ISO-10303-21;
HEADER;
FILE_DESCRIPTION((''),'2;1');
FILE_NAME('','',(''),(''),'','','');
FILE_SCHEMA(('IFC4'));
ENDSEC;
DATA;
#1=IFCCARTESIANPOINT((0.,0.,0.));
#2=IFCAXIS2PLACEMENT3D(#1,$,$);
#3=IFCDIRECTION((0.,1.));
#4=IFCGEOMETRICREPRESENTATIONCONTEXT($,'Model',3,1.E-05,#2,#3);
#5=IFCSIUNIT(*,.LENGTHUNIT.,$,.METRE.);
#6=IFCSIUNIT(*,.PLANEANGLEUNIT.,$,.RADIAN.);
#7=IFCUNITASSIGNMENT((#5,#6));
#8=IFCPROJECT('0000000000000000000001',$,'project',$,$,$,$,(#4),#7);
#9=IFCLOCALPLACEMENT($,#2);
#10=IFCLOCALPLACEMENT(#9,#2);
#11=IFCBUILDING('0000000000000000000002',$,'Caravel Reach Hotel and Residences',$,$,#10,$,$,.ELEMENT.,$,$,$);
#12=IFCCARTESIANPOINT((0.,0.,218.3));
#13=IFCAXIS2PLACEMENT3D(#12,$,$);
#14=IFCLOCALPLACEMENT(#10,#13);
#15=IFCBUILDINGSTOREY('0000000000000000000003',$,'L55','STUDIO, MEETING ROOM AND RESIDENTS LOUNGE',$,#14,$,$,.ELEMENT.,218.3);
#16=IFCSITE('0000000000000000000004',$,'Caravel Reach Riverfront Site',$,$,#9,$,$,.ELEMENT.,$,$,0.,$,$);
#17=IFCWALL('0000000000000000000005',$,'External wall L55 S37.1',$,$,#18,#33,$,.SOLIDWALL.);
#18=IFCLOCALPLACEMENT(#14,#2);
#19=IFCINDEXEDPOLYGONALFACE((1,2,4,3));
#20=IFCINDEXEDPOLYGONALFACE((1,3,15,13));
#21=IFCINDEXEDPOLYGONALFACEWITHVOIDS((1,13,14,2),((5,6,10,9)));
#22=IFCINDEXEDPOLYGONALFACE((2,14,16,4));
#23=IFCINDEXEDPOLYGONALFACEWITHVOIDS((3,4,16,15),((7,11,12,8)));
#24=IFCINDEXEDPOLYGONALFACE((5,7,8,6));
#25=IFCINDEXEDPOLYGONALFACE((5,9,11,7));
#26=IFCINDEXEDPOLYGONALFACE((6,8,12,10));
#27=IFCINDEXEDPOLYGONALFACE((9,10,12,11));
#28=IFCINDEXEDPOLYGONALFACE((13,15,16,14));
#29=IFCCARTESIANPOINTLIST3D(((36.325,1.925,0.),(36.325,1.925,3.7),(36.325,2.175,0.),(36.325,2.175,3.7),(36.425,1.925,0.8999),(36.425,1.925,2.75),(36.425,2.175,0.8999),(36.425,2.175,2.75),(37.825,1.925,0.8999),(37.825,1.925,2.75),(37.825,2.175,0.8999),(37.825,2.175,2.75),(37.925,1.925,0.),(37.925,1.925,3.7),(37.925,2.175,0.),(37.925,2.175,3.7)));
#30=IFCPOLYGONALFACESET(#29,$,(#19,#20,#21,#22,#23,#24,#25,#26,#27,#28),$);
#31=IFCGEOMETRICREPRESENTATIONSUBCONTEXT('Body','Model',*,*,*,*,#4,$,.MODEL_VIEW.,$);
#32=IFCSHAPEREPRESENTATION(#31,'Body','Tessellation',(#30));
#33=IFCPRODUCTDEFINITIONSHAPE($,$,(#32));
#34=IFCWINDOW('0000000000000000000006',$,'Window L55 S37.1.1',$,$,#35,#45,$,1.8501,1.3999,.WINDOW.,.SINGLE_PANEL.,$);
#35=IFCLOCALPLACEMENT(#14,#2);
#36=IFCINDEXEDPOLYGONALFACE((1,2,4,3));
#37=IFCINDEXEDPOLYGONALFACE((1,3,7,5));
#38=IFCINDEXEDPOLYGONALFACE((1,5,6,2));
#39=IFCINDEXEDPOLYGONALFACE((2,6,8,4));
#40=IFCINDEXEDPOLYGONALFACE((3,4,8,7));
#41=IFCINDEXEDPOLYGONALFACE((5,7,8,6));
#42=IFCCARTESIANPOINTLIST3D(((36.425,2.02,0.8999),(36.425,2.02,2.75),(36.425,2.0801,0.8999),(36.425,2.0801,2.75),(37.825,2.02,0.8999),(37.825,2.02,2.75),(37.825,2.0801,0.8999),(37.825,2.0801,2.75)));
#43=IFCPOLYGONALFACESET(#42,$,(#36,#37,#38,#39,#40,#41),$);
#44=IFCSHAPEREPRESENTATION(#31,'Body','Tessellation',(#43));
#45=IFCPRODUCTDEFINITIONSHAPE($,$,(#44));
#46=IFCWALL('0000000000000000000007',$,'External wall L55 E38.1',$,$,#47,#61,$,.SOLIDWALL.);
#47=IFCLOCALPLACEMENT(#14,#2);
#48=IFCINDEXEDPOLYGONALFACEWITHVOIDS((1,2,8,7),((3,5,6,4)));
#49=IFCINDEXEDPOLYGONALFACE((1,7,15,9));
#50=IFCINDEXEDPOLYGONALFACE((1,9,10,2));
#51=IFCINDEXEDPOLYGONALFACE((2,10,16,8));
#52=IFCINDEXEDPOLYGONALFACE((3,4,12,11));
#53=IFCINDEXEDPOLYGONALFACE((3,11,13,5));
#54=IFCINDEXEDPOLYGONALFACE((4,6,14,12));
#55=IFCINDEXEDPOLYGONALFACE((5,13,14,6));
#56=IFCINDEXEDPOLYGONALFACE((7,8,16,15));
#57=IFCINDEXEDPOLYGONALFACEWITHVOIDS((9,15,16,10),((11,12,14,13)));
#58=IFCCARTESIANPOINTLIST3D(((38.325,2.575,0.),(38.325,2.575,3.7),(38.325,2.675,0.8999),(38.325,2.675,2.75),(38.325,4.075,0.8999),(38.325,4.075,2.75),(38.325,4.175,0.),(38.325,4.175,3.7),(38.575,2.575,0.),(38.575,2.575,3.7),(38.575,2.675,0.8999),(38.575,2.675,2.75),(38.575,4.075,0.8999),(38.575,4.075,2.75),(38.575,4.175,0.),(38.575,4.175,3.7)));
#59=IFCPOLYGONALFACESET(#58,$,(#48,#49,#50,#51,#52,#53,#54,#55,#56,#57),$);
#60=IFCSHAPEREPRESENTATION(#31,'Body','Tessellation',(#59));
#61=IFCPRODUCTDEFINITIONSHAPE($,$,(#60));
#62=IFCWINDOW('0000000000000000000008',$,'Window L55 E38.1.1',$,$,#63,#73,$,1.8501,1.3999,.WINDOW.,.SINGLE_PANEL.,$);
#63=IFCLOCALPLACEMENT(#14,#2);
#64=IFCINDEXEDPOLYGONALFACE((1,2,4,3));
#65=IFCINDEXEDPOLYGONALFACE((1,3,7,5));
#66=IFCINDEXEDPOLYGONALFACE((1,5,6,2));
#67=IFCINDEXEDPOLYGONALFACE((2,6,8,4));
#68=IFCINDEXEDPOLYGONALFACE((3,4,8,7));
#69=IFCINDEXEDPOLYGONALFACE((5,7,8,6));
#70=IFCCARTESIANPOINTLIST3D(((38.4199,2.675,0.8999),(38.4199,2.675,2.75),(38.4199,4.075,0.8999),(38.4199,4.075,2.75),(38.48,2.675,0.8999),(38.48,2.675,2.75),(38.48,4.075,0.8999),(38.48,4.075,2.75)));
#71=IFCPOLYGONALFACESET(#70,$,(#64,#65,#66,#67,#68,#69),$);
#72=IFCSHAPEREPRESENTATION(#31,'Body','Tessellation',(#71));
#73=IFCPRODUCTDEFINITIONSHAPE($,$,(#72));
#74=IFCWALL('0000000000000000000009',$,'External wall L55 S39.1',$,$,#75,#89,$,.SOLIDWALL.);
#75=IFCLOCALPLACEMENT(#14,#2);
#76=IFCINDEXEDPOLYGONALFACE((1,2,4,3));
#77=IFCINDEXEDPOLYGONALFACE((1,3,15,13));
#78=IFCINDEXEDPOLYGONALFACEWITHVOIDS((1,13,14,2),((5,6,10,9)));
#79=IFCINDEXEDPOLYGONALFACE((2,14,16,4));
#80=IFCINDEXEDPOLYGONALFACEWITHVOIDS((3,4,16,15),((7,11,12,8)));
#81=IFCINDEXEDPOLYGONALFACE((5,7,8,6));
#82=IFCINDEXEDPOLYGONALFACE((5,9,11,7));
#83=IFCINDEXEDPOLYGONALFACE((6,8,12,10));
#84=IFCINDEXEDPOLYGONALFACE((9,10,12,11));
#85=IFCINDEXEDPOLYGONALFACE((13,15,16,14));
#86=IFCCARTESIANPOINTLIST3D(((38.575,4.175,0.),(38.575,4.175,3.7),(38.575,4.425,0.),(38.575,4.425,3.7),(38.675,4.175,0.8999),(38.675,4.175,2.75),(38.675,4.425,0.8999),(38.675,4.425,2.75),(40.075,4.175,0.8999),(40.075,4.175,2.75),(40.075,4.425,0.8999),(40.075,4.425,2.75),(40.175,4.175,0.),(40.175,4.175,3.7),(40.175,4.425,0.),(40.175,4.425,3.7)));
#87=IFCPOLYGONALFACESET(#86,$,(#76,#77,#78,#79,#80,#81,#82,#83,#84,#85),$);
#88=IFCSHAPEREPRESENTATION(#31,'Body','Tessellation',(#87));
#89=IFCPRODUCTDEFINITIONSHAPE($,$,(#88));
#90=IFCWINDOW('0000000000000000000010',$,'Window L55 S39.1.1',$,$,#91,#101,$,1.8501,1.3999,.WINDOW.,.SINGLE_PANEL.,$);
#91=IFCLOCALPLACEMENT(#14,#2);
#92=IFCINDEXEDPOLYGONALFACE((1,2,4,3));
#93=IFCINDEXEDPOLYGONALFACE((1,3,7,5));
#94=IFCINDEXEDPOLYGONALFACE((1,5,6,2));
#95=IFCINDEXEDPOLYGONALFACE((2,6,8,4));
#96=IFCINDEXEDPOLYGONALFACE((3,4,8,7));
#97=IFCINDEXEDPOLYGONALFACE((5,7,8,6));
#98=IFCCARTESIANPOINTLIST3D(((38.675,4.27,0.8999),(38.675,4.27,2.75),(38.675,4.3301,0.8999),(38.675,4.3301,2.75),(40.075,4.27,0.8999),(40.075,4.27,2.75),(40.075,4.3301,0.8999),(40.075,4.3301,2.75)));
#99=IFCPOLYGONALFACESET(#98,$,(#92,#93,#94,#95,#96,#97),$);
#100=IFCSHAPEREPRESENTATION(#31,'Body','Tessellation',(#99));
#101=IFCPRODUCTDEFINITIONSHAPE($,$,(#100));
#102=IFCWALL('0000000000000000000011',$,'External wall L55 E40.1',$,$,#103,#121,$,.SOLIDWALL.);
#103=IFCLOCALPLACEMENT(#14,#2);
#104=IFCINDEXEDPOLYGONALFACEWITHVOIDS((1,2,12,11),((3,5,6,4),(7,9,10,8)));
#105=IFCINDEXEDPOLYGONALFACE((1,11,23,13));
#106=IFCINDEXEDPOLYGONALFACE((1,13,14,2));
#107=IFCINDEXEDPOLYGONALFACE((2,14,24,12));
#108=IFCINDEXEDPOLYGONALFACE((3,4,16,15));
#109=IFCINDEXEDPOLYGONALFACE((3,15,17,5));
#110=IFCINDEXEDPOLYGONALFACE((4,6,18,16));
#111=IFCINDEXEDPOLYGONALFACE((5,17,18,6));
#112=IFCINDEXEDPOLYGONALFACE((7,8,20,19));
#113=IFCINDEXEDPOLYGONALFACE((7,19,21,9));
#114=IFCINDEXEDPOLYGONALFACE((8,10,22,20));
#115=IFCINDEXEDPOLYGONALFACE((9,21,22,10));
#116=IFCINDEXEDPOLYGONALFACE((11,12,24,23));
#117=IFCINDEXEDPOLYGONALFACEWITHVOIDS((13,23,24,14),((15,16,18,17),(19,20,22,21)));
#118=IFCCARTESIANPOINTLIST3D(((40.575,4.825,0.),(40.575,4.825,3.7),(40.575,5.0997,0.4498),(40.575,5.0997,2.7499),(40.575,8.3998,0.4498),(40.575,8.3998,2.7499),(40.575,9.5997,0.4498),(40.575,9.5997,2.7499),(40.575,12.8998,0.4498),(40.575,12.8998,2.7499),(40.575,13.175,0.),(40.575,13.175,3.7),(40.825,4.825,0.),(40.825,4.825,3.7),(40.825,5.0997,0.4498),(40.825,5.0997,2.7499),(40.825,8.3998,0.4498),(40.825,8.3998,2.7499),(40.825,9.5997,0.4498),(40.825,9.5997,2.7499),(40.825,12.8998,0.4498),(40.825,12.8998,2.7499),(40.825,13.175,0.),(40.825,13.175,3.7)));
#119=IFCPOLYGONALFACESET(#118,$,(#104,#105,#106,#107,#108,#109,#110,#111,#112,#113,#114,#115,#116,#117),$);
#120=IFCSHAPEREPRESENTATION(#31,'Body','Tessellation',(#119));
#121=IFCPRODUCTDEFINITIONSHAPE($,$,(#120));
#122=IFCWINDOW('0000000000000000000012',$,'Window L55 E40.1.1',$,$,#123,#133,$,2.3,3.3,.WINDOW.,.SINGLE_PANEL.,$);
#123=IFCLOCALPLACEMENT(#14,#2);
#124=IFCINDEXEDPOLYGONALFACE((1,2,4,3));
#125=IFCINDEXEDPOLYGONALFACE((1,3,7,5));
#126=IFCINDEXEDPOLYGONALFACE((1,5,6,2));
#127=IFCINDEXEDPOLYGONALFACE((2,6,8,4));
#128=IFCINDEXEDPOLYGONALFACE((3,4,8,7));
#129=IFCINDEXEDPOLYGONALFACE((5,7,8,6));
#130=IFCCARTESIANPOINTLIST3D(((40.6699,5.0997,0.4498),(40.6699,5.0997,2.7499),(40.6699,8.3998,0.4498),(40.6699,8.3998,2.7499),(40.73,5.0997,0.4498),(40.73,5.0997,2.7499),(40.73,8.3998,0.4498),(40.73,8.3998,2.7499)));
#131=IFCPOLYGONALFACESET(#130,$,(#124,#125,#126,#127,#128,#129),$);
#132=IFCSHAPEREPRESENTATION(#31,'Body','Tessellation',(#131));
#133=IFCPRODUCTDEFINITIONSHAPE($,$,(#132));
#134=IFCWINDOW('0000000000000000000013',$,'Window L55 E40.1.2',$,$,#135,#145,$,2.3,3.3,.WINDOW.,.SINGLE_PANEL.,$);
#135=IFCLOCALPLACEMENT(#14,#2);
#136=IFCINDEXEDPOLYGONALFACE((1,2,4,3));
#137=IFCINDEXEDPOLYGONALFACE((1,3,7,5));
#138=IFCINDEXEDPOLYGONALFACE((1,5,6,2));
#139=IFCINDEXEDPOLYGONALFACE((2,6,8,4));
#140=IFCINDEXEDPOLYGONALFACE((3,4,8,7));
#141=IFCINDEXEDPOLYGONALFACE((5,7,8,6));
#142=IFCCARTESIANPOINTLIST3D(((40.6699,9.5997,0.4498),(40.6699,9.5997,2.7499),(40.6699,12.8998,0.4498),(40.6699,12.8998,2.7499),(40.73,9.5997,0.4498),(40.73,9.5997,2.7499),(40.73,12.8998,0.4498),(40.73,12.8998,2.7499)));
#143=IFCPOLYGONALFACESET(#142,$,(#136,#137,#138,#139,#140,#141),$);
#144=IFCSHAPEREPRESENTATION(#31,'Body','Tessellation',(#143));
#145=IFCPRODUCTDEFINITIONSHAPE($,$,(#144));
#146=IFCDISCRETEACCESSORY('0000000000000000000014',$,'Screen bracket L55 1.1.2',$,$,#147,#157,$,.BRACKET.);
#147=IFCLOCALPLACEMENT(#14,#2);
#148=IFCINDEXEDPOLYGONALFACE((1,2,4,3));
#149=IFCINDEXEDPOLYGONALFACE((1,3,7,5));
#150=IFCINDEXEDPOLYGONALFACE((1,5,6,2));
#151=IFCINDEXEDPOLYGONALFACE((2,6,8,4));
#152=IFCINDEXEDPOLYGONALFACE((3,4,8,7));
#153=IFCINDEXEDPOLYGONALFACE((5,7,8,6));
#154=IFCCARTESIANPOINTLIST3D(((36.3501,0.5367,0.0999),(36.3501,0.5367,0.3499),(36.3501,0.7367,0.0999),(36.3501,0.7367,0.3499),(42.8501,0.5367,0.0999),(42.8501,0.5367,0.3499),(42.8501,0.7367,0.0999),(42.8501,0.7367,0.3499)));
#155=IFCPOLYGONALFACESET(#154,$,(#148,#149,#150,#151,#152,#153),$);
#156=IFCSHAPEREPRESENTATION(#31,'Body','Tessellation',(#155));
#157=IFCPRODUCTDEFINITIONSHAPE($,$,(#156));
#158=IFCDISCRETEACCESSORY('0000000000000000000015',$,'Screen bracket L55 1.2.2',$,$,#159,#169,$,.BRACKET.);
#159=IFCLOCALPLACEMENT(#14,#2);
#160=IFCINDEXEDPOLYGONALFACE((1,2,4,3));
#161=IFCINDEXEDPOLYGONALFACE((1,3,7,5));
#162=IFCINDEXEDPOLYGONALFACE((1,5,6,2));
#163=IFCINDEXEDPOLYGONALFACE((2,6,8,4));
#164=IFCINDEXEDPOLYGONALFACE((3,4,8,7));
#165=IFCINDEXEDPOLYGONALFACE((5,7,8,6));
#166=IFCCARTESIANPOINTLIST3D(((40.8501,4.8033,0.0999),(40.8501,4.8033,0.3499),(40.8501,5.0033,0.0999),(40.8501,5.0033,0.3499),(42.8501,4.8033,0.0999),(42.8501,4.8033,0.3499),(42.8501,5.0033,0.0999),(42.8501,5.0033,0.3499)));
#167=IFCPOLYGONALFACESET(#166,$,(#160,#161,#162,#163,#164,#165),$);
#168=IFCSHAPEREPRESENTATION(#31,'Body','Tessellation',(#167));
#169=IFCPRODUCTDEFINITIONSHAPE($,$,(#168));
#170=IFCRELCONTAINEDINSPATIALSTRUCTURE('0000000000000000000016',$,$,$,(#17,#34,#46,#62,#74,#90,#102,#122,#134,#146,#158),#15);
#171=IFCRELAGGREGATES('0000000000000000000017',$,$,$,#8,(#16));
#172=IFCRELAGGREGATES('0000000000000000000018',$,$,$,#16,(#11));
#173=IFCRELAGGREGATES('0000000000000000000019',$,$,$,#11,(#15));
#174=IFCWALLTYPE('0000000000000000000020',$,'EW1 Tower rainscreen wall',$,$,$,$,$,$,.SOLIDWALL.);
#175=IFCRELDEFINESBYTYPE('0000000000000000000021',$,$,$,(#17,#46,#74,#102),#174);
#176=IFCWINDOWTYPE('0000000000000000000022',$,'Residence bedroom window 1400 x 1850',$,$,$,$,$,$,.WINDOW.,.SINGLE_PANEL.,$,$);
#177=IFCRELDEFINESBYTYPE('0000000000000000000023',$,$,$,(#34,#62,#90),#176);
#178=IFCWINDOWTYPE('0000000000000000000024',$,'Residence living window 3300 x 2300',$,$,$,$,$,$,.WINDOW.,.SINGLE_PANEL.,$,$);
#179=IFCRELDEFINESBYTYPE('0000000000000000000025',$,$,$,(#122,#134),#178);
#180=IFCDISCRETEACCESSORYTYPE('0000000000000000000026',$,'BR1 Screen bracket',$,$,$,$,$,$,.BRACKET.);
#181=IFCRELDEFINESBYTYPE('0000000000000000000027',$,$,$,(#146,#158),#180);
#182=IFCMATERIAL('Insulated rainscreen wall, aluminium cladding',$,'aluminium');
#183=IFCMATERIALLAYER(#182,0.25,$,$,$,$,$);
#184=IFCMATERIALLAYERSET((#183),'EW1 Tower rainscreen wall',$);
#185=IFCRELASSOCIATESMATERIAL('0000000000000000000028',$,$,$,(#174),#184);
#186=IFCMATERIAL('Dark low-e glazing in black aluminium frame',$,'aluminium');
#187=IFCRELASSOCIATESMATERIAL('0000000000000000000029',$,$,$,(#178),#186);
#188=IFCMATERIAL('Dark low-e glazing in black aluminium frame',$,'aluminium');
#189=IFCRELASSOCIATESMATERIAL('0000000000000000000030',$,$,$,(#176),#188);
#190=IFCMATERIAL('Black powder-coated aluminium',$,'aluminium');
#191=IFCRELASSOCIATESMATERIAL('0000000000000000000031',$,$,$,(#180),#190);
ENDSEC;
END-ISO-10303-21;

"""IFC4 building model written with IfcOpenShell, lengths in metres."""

from ifc_helpers import new_model, si_unit, direction, frame, frame_2d, origin, origin_2d, place, context, subcontext, project, spatial, rectangle, extrude, material, layer, layer_set, type_object, element, fill, save


model = new_model("IFC4")

# Units and contexts
model_context = context("Model", 3, precision=1e-05, world=origin(), true_north=direction((0.0, 1.0)))
body_context = subcontext(model_context, "Body", "Model", "MODEL_VIEW")
ifc_project = project(units=[si_unit("LENGTHUNIT", "METRE"), si_unit("PLANEANGLEUNIT", "RADIAN")], contexts=[model_context])

# Site, building, storey
site_placement = place(None, origin())
site = spatial("IfcSite", under=ifc_project, at=site_placement, Name="Caravel Reach Riverfront Site", CompositionType="ELEMENT", RefElevation=0.0)
building_placement = place(site_placement, origin())
building = spatial("IfcBuilding", under=site, at=building_placement, Name="Caravel Reach Hotel and Residences", CompositionType="ELEMENT")
storey_placement = place(building_placement, frame((0.0, 0.0, 218.3)))
storey = spatial("IfcBuildingStorey", under=building, at=storey_placement, Name="L55", Description="STUDIO, MEETING ROOM AND RESIDENTS LOUNGE", CompositionType="ELEMENT", Elevation=218.3)

# Walls, openings, windows
ifc_material_1 = material(Name="Insulated rainscreen wall, aluminium cladding", Category="aluminium")
ifc_layer = layer(ifc_material_1, 0.25)
ifc_layer_set = layer_set([ifc_layer], Name="EW1 Tower rainscreen wall")
wall_type = type_object("IfcWallType", Name="EW1 Tower rainscreen wall", PredefinedType="SOLIDWALL", material=ifc_layer_set)
ifc_material_2 = material(Name="Dark low-e glazing in black aluminium frame", Category="aluminium")
window_type_1 = type_object("IfcWindowType", Name="Residence living window 3300 x 2300", PartitioningType="SINGLE_PANEL", PredefinedType="WINDOW", material=ifc_material_2)
ifc_material_3 = material(Name="Dark low-e glazing in black aluminium frame", Category="aluminium")
window_type_2 = type_object("IfcWindowType", Name="Residence bedroom window 1400 x 1850", PartitioningType="SINGLE_PANEL", PredefinedType="WINDOW", material=ifc_material_3)
wall_1_placement = place(storey_placement, frame((36.325, 2.05, 0.0), z_axis=(0.0, 0.0, 1.0), x_axis=(1.0, 0.0, 0.0)))
wall_1 = element("IfcWall", 1, at=wall_1_placement, inside=storey, type_object=wall_type, Name="External wall L55 S37.1", PredefinedType="SOLIDWALL", context=body_context, shape_type="SweptSolid", body=[
    extrude(rectangle(XDim=1.6001, YDim=0.25, at=frame_2d((0.8, 0.0))), origin(), (0.0, 0.0, 1.0), 3.7),
])
opening_1_placement = place(wall_1_placement, frame((0.1001, 0.0, 0.8999)))
opening_1 = element("IfcOpeningElement", 2, at=opening_1_placement, cuts=wall_1, PredefinedType="OPENING", context=body_context, shape_type="SweptSolid", body=[
    extrude(rectangle(XDim=1.3999, YDim=1.8501, at=frame_2d((0.7, 0.925))), frame((0.0, 0.135, 0.0), z_axis=(0.0, -1.0, 0.0), x_axis=(1.0, 0.0, 0.0)), (0.0, 0.0, 1.0), 0.27),
])
window_1_placement = place(opening_1_placement, origin())
window_1 = element("IfcWindow", 3, at=window_1_placement, inside=storey, type_object=window_type_2, Name="Window L55 S37.1.1", OverallHeight=1.8501, OverallWidth=1.3999, PartitioningType="SINGLE_PANEL", PredefinedType="WINDOW", context=body_context, shape_type="SweptSolid", body=[
    extrude(rectangle(XDim=1.3999, YDim=1.8501, at=frame_2d((0.7, 0.925))), frame((0.0, 0.03, 0.0), z_axis=(0.0, -1.0, 0.0), x_axis=(1.0, 0.0, 0.0)), (0.0, 0.0, 1.0), 0.0601),
])
fill(opening_1, window_1)
wall_2_placement = place(storey_placement, frame((38.45, 2.575, 0.0), z_axis=(0.0, 0.0, 1.0), x_axis=(0.0, 1.0, 0.0)))
wall_2 = element("IfcWall", 4, at=wall_2_placement, inside=storey, type_object=wall_type, Name="External wall L55 E38.1", PredefinedType="SOLIDWALL", context=body_context, shape_type="SweptSolid", body=[
    extrude(rectangle(XDim=1.6001, YDim=0.25, at=frame_2d((0.8, 0.0))), origin(), (0.0, 0.0, 1.0), 3.7),
])
opening_2_placement = place(wall_2_placement, frame((0.1001, 0.0, 0.8999)))
opening_2 = element("IfcOpeningElement", 5, at=opening_2_placement, cuts=wall_2, PredefinedType="OPENING", context=body_context, shape_type="SweptSolid", body=[
    extrude(rectangle(XDim=1.3999, YDim=1.8501, at=frame_2d((0.7, 0.925))), frame((0.0, 0.135, 0.0), z_axis=(0.0, -1.0, 0.0), x_axis=(1.0, 0.0, 0.0)), (0.0, 0.0, 1.0), 0.27),
])
window_2_placement = place(opening_2_placement, origin())
window_2 = element("IfcWindow", 6, at=window_2_placement, inside=storey, type_object=window_type_2, Name="Window L55 E38.1.1", OverallHeight=1.8501, OverallWidth=1.3999, PartitioningType="SINGLE_PANEL", PredefinedType="WINDOW", context=body_context, shape_type="SweptSolid", body=[
    extrude(rectangle(XDim=1.3999, YDim=1.8501, at=frame_2d((0.7, 0.925))), frame((0.0, 0.03, 0.0), z_axis=(0.0, -1.0, 0.0), x_axis=(1.0, 0.0, 0.0)), (0.0, 0.0, 1.0), 0.0601),
])
fill(opening_2, window_2)
wall_3_placement = place(storey_placement, frame((38.575, 4.3, 0.0), z_axis=(0.0, 0.0, 1.0), x_axis=(1.0, 0.0, 0.0)))
wall_3 = element("IfcWall", 7, at=wall_3_placement, inside=storey, type_object=wall_type, Name="External wall L55 S39.1", PredefinedType="SOLIDWALL", context=body_context, shape_type="SweptSolid", body=[
    extrude(rectangle(XDim=1.6001, YDim=0.25, at=frame_2d((0.8, 0.0))), origin(), (0.0, 0.0, 1.0), 3.7),
])
opening_3_placement = place(wall_3_placement, frame((0.1001, 0.0, 0.8999)))
opening_3 = element("IfcOpeningElement", 8, at=opening_3_placement, cuts=wall_3, PredefinedType="OPENING", context=body_context, shape_type="SweptSolid", body=[
    extrude(rectangle(XDim=1.3999, YDim=1.8501, at=frame_2d((0.7, 0.925))), frame((0.0, 0.135, 0.0), z_axis=(0.0, -1.0, 0.0), x_axis=(1.0, 0.0, 0.0)), (0.0, 0.0, 1.0), 0.27),
])
window_3_placement = place(opening_3_placement, origin())
window_3 = element("IfcWindow", 9, at=window_3_placement, inside=storey, type_object=window_type_2, Name="Window L55 S39.1.1", OverallHeight=1.8501, OverallWidth=1.3999, PartitioningType="SINGLE_PANEL", PredefinedType="WINDOW", context=body_context, shape_type="SweptSolid", body=[
    extrude(rectangle(XDim=1.3999, YDim=1.8501, at=frame_2d((0.7, 0.925))), frame((0.0, 0.03, 0.0), z_axis=(0.0, -1.0, 0.0), x_axis=(1.0, 0.0, 0.0)), (0.0, 0.0, 1.0), 0.0601),
])
fill(opening_3, window_3)

# Wall, openings, windows
wall_4_placement = place(storey_placement, frame((40.7, 4.825, 0.0), z_axis=(0.0, 0.0, 1.0), x_axis=(0.0, 1.0, 0.0)))
wall_4 = element("IfcWall", 10, at=wall_4_placement, inside=storey, type_object=wall_type, Name="External wall L55 E40.1", PredefinedType="SOLIDWALL", context=body_context, shape_type="SweptSolid", body=[
    extrude(rectangle(XDim=8.3501, YDim=0.25, at=frame_2d((4.175, 0.0))), origin(), (0.0, 0.0, 1.0), 3.7),
])
opening_4_placement = place(wall_4_placement, frame((0.2749, 0.0, 0.45)))
opening_4 = element("IfcOpeningElement", 11, at=opening_4_placement, cuts=wall_4, PredefinedType="OPENING", context=body_context, shape_type="SweptSolid", body=[
    extrude(rectangle(XDim=3.3, YDim=2.3, at=frame_2d((1.6499, 1.1499))), frame((0.0, 0.135, 0.0), z_axis=(0.0, -1.0, 0.0), x_axis=(1.0, 0.0, 0.0)), (0.0, 0.0, 1.0), 0.27),
])
opening_5_placement = place(wall_4_placement, frame((4.7749, 0.0, 0.45)))
opening_5 = element("IfcOpeningElement", 12, at=opening_5_placement, cuts=wall_4, PredefinedType="OPENING", context=body_context, shape_type="SweptSolid", body=[
    extrude(rectangle(XDim=3.3, YDim=2.3, at=frame_2d((1.6499, 1.1499))), frame((0.0, 0.135, 0.0), z_axis=(0.0, -1.0, 0.0), x_axis=(1.0, 0.0, 0.0)), (0.0, 0.0, 1.0), 0.27),
])
window_4_placement = place(opening_4_placement, origin())
window_4 = element("IfcWindow", 13, at=window_4_placement, inside=storey, type_object=window_type_1, Name="Window L55 E40.1.1", OverallHeight=2.3, OverallWidth=3.3, PartitioningType="SINGLE_PANEL", PredefinedType="WINDOW", context=body_context, shape_type="SweptSolid", body=[
    extrude(rectangle(XDim=3.3, YDim=2.3, at=frame_2d((1.6499, 1.1499))), frame((0.0, 0.03, 0.0), z_axis=(0.0, -1.0, 0.0), x_axis=(1.0, 0.0, 0.0)), (0.0, 0.0, 1.0), 0.0601),
])
fill(opening_4, window_4)
window_5_placement = place(opening_5_placement, origin())
window_5 = element("IfcWindow", 14, at=window_5_placement, inside=storey, type_object=window_type_1, Name="Window L55 E40.1.2", OverallHeight=2.3, OverallWidth=3.3, PartitioningType="SINGLE_PANEL", PredefinedType="WINDOW", context=body_context, shape_type="SweptSolid", body=[
    extrude(rectangle(XDim=3.3, YDim=2.3, at=frame_2d((1.6499, 1.1499))), frame((0.0, 0.03, 0.0), z_axis=(0.0, -1.0, 0.0), x_axis=(1.0, 0.0, 0.0)), (0.0, 0.0, 1.0), 0.0601),
])
fill(opening_5, window_5)

# Discrete accessories
ifc_material_4 = material(Name="Black powder-coated aluminium", Category="aluminium")
discrete_accessory_type = type_object("IfcDiscreteAccessoryType", Name="BR1 Screen bracket", PredefinedType="BRACKET", material=ifc_material_4)
discrete_accessory_1_placement = place(storey_placement, frame((39.6001, 0.6367, 0.0999), z_axis=(0.0, 0.0, 1.0), x_axis=(1.0, 0.0, 0.0)))
element("IfcDiscreteAccessory", 15, at=discrete_accessory_1_placement, inside=storey, type_object=discrete_accessory_type, Name="Screen bracket L55 1.1.2", PredefinedType="BRACKET", context=body_context, shape_type="SweptSolid", body=[
    extrude(rectangle(XDim=6.5, YDim=0.2, at=origin_2d()), origin(), (0.0, 0.0, 1.0), 0.25),
])
for number, where, z_axis, x_axis, name in (
    (16, (41.8501, 4.9033, 0.0999), (0.0, 0.0, 1.0), (1.0, 0.0, 0.0), "Screen bracket L55 1.2.2"),
):
    element("IfcDiscreteAccessory", number, at=place(storey_placement, frame(where, z_axis=z_axis, x_axis=x_axis)), inside=storey, type_object=discrete_accessory_type, Name=name, PredefinedType="BRACKET", context=body_context, shape_type="SweptSolid", body=[
        extrude(rectangle(XDim=2.0, YDim=0.2, at=origin_2d()), origin(), (0.0, 0.0, 1.0), 0.25),
    ])

save(model, "model.ifc")
